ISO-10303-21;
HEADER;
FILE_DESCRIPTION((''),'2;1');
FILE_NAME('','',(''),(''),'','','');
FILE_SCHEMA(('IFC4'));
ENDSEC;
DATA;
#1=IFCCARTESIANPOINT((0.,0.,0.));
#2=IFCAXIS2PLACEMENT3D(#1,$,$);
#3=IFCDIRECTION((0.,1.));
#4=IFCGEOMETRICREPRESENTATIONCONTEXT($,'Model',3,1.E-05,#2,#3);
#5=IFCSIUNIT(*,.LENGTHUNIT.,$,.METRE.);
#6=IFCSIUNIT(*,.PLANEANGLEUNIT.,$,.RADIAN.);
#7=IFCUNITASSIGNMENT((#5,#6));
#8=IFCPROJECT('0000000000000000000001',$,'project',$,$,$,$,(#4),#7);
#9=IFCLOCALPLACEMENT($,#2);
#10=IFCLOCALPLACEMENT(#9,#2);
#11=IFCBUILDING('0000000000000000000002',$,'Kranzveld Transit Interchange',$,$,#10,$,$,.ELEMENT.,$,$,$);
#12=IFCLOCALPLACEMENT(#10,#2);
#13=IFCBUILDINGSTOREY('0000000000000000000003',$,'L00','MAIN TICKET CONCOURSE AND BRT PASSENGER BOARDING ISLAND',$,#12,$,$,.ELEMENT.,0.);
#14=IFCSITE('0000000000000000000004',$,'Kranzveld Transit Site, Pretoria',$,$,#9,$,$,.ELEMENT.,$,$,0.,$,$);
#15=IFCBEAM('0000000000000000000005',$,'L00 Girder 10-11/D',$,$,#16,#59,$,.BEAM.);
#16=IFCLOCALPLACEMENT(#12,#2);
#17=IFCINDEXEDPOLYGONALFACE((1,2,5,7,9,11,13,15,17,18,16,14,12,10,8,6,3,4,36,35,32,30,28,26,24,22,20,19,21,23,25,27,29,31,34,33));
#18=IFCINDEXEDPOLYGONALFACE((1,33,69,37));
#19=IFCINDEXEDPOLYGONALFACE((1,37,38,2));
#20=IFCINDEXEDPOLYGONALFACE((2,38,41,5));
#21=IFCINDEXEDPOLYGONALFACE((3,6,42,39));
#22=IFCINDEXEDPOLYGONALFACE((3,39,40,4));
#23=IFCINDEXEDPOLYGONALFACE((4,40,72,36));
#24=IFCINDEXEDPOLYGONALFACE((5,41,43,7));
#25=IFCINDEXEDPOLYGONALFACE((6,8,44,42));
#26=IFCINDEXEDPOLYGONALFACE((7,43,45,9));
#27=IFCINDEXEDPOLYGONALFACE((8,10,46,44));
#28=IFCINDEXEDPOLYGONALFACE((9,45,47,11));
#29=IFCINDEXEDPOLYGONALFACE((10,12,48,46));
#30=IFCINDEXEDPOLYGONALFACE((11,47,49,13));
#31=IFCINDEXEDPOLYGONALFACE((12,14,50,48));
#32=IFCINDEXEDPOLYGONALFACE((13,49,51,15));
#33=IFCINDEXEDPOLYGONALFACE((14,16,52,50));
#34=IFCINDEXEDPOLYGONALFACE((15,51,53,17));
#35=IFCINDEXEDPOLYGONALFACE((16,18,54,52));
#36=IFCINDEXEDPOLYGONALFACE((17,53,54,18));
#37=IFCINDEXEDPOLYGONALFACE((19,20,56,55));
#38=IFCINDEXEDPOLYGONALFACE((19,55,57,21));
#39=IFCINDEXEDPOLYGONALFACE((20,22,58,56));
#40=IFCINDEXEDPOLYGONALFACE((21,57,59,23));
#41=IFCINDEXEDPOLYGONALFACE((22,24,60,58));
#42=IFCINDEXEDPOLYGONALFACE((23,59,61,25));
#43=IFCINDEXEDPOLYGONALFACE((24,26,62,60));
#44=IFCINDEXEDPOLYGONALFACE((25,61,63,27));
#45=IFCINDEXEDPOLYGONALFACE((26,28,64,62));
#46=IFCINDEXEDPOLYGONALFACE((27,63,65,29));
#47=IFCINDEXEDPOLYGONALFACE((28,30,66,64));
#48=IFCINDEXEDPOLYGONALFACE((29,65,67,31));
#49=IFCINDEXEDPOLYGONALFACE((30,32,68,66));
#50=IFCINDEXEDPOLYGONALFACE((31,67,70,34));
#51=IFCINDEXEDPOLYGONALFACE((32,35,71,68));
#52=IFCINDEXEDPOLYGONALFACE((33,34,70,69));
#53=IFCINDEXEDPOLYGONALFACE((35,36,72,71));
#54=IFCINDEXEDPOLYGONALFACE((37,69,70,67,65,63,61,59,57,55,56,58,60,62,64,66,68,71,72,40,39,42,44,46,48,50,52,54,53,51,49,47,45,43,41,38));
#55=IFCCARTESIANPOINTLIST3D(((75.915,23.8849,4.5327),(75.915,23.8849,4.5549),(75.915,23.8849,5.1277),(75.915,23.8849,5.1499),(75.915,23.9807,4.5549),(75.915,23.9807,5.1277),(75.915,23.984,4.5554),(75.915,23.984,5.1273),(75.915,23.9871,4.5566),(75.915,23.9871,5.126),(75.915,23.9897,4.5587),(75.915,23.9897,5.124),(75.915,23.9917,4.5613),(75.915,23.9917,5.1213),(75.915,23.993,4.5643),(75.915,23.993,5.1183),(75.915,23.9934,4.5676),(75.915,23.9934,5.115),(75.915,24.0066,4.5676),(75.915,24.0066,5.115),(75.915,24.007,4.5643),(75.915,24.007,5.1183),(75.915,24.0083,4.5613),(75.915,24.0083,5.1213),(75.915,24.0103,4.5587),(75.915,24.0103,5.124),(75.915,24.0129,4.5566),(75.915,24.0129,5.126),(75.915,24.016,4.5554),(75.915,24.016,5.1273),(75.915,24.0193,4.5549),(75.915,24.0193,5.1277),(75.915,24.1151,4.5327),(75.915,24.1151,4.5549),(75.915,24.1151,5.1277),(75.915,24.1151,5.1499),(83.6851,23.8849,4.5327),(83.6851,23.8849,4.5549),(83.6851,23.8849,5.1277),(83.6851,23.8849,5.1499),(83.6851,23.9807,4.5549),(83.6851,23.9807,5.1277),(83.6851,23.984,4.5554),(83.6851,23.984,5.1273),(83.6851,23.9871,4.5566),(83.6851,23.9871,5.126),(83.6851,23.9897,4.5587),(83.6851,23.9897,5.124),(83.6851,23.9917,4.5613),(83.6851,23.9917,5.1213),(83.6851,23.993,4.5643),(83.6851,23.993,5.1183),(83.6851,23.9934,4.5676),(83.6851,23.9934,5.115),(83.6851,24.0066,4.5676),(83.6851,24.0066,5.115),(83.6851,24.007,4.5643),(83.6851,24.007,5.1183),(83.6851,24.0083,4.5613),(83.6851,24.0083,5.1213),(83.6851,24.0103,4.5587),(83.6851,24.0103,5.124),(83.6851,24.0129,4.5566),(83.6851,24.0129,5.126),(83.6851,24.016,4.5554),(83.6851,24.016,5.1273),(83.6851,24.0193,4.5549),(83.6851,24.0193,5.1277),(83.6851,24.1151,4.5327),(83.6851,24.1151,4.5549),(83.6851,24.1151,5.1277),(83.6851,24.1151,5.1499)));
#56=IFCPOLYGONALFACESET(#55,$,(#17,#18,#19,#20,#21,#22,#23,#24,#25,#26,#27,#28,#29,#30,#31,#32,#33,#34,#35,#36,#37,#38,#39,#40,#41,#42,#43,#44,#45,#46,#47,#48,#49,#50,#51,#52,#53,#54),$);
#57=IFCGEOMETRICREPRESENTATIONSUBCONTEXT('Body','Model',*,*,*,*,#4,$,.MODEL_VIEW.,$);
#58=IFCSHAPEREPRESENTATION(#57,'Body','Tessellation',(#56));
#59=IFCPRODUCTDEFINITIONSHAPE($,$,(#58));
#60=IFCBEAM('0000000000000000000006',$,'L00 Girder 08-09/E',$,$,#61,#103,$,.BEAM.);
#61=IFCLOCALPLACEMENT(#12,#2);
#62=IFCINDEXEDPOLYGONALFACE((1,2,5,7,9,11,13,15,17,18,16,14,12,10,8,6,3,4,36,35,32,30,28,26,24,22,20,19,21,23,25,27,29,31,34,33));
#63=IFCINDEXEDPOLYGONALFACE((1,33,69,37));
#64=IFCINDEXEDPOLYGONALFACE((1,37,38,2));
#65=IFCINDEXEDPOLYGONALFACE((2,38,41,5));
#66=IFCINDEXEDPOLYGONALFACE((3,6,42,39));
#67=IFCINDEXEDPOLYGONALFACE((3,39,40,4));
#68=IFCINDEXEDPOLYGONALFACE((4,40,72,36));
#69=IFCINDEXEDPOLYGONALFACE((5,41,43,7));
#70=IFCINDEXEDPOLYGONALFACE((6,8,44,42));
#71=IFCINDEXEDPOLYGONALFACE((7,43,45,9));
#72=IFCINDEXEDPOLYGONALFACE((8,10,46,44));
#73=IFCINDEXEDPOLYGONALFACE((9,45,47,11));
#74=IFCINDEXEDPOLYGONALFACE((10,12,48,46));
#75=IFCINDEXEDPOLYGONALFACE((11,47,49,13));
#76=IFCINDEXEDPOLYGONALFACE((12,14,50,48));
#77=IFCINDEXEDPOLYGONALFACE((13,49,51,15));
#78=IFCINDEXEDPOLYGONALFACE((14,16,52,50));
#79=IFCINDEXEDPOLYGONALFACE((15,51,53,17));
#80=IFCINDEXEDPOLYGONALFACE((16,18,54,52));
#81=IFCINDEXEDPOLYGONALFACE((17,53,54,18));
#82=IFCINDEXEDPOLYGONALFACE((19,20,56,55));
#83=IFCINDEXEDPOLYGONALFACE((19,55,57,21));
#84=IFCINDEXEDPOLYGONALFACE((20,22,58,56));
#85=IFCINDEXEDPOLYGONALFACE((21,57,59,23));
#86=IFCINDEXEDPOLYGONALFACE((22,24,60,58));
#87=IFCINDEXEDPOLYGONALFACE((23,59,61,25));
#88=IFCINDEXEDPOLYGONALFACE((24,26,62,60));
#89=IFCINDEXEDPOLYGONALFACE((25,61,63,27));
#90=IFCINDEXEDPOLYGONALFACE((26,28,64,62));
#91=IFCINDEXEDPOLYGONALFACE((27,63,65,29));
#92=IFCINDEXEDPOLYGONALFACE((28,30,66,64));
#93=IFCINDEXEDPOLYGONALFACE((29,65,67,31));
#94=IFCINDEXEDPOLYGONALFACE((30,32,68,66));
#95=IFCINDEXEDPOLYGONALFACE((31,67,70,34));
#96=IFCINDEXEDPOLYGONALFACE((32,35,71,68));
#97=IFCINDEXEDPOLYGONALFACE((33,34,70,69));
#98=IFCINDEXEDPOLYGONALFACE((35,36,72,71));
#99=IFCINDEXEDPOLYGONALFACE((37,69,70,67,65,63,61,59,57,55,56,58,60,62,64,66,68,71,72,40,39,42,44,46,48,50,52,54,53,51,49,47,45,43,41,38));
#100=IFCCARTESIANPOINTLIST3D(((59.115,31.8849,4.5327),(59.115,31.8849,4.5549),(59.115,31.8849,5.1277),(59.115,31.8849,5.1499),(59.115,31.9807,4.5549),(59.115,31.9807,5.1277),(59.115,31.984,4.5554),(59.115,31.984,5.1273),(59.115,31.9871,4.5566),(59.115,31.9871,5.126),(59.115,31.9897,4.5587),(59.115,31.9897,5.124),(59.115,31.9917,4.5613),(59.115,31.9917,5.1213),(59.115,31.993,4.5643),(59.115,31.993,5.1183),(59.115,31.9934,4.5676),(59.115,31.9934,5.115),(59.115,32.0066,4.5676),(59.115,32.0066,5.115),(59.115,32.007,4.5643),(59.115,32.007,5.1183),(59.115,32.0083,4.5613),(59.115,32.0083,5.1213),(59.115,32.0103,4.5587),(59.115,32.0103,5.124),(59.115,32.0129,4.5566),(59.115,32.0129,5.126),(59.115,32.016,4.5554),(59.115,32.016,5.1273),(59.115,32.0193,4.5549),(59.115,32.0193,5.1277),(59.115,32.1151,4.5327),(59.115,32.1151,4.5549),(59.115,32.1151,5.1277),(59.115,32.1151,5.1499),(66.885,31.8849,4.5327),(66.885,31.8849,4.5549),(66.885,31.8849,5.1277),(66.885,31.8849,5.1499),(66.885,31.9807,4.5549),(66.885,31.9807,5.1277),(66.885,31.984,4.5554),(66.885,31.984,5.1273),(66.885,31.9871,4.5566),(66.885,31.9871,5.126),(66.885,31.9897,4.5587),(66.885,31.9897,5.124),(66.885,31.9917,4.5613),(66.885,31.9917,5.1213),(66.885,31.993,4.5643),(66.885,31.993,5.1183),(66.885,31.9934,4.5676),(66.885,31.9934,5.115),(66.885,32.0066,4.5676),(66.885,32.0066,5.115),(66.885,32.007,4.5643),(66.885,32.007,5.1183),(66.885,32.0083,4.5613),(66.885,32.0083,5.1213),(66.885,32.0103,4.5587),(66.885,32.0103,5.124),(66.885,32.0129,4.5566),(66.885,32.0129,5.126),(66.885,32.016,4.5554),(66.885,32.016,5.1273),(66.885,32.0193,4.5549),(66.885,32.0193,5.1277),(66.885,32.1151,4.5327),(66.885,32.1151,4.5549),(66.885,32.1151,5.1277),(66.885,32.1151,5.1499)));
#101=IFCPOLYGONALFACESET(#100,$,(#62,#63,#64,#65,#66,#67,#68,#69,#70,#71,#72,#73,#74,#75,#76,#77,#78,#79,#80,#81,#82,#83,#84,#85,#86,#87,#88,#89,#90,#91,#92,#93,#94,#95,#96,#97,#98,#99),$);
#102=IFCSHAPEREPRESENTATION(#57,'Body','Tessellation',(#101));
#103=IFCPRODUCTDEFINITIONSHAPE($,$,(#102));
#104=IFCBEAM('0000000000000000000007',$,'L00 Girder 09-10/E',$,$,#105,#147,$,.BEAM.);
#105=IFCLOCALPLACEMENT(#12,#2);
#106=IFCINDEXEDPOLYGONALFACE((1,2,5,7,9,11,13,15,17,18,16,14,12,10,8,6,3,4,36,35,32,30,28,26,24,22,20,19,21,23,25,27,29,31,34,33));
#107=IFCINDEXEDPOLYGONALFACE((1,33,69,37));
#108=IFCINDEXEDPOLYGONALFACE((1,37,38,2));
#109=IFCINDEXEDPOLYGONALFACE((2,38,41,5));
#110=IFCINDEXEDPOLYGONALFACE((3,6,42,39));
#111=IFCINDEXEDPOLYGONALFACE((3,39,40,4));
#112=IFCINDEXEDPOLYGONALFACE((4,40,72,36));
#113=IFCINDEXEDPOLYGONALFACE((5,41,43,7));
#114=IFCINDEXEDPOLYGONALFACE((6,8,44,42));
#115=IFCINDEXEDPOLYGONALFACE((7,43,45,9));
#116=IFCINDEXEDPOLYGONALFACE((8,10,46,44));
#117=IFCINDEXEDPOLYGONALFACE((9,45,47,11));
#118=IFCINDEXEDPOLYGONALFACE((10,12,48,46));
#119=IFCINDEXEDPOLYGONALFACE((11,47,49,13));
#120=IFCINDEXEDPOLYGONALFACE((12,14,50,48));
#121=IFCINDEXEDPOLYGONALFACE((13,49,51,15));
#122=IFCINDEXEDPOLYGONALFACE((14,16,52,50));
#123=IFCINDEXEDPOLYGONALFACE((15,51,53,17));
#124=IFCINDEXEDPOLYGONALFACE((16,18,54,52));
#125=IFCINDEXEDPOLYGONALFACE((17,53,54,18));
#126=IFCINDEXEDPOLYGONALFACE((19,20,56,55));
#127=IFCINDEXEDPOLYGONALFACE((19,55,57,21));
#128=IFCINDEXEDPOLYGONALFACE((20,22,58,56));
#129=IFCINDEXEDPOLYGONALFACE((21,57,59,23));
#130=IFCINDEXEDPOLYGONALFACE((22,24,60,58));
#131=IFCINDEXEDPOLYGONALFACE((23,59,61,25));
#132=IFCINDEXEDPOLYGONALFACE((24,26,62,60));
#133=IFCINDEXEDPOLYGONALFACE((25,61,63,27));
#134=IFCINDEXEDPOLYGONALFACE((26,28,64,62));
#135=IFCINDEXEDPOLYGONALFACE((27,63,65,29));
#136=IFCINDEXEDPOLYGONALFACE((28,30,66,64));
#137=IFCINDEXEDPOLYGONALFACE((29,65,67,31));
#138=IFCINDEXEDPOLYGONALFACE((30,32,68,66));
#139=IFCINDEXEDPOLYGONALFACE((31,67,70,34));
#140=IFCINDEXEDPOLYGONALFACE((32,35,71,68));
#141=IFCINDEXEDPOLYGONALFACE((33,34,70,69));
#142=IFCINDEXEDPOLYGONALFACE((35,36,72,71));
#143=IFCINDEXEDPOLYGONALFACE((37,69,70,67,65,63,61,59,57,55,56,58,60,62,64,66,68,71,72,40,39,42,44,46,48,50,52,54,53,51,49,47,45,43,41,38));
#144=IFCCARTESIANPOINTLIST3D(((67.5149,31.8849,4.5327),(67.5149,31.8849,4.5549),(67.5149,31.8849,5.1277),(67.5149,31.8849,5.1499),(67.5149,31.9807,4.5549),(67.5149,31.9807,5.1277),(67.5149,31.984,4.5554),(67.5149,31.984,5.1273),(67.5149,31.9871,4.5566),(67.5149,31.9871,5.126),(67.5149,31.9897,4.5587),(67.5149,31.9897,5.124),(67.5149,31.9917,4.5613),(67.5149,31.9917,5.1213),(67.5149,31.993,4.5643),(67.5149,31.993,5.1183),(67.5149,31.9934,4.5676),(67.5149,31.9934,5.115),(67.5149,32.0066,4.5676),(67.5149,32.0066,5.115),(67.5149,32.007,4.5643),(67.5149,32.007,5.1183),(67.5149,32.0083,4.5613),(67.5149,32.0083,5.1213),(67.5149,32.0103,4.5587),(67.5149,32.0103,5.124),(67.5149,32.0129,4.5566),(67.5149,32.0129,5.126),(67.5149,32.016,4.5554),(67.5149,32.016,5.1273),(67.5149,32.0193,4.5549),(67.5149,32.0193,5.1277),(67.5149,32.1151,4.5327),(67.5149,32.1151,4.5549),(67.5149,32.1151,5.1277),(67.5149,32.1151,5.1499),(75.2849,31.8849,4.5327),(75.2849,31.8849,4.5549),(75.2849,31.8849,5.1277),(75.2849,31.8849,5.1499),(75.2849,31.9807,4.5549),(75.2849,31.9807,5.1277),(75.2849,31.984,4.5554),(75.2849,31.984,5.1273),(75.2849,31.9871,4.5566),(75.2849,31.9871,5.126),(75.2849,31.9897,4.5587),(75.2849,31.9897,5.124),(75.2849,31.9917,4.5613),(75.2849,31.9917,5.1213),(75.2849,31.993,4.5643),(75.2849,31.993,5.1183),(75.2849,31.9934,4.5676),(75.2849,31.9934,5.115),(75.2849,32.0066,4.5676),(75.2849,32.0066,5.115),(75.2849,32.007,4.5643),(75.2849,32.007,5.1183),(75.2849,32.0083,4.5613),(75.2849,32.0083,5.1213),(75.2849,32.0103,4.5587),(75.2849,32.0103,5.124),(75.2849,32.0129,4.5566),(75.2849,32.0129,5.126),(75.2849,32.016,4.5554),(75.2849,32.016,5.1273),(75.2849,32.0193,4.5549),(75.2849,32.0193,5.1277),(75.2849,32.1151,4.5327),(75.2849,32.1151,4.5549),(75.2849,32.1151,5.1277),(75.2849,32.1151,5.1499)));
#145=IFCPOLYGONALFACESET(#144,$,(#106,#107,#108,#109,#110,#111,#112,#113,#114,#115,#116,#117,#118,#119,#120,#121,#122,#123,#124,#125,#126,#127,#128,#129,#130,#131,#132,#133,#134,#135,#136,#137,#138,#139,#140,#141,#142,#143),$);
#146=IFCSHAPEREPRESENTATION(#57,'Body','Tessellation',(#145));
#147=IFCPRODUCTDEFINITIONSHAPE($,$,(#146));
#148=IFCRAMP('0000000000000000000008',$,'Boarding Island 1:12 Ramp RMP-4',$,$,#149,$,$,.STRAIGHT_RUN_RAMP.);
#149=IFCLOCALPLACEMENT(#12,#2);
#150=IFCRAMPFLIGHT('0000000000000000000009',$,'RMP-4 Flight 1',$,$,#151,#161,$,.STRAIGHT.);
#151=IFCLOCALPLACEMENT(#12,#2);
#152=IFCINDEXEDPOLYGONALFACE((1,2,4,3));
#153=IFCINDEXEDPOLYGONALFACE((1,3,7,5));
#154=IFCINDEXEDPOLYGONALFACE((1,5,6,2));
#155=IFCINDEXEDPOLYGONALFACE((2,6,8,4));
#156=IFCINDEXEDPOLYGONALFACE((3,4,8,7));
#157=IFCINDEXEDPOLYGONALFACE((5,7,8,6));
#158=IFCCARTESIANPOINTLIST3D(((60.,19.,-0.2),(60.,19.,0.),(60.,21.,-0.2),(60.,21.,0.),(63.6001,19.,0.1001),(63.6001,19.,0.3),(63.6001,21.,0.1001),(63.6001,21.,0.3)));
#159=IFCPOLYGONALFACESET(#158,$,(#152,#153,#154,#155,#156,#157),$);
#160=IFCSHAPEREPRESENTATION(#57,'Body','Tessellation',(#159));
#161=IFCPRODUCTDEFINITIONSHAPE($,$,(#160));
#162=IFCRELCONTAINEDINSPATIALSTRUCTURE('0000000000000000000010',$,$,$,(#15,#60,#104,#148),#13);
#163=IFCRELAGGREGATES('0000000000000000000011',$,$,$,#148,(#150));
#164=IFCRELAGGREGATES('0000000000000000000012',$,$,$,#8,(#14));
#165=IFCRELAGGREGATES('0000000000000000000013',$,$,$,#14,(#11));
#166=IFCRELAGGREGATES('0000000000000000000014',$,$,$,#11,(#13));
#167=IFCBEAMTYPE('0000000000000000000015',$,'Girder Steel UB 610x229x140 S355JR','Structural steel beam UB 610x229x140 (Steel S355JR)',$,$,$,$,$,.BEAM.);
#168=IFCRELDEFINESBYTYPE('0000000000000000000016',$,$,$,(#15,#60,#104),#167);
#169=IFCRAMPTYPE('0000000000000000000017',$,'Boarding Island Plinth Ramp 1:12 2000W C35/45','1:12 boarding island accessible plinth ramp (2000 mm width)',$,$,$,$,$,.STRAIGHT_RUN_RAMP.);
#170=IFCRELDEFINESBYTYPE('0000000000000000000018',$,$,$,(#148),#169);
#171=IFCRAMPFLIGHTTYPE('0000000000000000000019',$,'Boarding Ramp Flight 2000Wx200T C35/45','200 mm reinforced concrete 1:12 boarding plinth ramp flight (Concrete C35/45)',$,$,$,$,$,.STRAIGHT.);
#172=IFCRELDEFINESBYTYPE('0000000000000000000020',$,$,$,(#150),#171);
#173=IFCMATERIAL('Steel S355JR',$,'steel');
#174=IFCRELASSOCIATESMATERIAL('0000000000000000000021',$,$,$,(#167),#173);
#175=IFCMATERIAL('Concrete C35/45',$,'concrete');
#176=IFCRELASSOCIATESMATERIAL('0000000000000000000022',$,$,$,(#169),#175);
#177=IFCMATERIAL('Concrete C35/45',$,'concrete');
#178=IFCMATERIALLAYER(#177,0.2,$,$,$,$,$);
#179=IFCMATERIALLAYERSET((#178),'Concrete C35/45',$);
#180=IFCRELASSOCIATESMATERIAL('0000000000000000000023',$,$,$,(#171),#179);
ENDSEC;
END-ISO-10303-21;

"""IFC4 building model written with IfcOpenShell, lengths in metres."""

from ifc_helpers import new_model, si_unit, direction, frame, origin, origin_2d, place, context, subcontext, project, spatial, polyline, i_section, outline, extrude, material, layer, layer_set, material_profile, profile_set, type_object, element, aggregate, save


model = new_model("IFC4")

# Units and contexts
model_context = context("Model", 3, precision=1e-05, world=origin(), true_north=direction((0.0, 1.0)))
body_context = subcontext(model_context, "Body", "Model", "MODEL_VIEW")
ifc_project = project(units=[si_unit("LENGTHUNIT", "METRE"), si_unit("PLANEANGLEUNIT", "RADIAN")], contexts=[model_context])

# Site, building, storey
site_placement = place(None, origin())
site = spatial("IfcSite", under=ifc_project, at=site_placement, Name="Kranzveld Transit Site, Pretoria", CompositionType="ELEMENT", RefElevation=0.0)
building_placement = place(site_placement, origin())
building = spatial("IfcBuilding", under=site, at=building_placement, Name="Kranzveld Transit Interchange", CompositionType="ELEMENT")
storey_placement = place(building_placement, origin())
storey = spatial("IfcBuildingStorey", under=building, at=storey_placement, Name="L00", Description="MAIN TICKET CONCOURSE AND BRT PASSENGER BOARDING ISLAND", CompositionType="ELEMENT", Elevation=0.0)

# Beams
ifc_material_1 = material(Name="Steel S355JR", Category="steel")
ifc_material_profile_1 = material_profile(ifc_material_1, i_section(OverallWidth=0.2302, OverallDepth=0.6172, WebThickness=0.0132, FlangeThickness=0.0222, FilletRadius=0.0127, at=origin_2d()), Name="UB 610x229x140")
ifc_profile_set_1 = profile_set([ifc_material_profile_1], Name="Steel S355JR")
beam_type_1 = type_object("IfcBeamType", Name="Girder Steel UB 610x229x140 S355JR", Description="Structural steel beam UB 610x229x140 (Steel S355JR)", PredefinedType="BEAM", material=ifc_profile_set_1)
for number, where, z_axis, x_axis, name in (
    (1, (75.915, 24.0, 4.8413), (1.0, 0.0, 0.0), (0.0, 1.0, 0.0), "L00 Girder 10-11/D"),
    (2, (59.115, 32.0, 4.8413), (1.0, 0.0, 0.0), (0.0, 1.0, 0.0), "L00 Girder 08-09/E"),
    (3, (67.5149, 32.0, 4.8413), (1.0, 0.0, 0.0), (0.0, 1.0, 0.0), "L00 Girder 09-10/E"),
):
    element("IfcBeam", number, at=place(storey_placement, frame(where, z_axis=z_axis, x_axis=x_axis)), inside=storey, type_object=beam_type_1, Name=name, PredefinedType="BEAM", context=body_context, shape_type="SweptSolid", body=[
        extrude(i_section(OverallWidth=0.2302, OverallDepth=0.6172, WebThickness=0.0132, FlangeThickness=0.0222, FilletRadius=0.0127, at=origin_2d()), origin(), (0.0, 0.0, 1.0), 7.77),
    ])

# Ramp, ramp flight
ifc_material_2 = material(Name="Concrete C35/45", Category="concrete")
ramp_type = type_object("IfcRampType", Name="Boarding Island Plinth Ramp 1:12 2000W C35/45", Description="1:12 boarding island accessible plinth ramp (2000 mm width)", PredefinedType="STRAIGHT_RUN_RAMP", material=ifc_material_2)
ramp_placement = place(storey_placement, origin())
ramp = element("IfcRamp", 4, at=ramp_placement, inside=storey, type_object=ramp_type, Name="Boarding Island 1:12 Ramp RMP-4", PredefinedType="STRAIGHT_RUN_RAMP")
ifc_material_3 = material(Name="Concrete C35/45", Category="concrete")
ifc_layer = layer(ifc_material_3, 0.2)
ifc_layer_set = layer_set([ifc_layer], Name="Concrete C35/45")
ramp_flight_type = type_object("IfcRampFlightType", Name="Boarding Ramp Flight 2000Wx200T C35/45", Description="200 mm reinforced concrete 1:12 boarding plinth ramp flight (Concrete C35/45)", PredefinedType="STRAIGHT", material=ifc_layer_set)
ramp_flight_placement = place(storey_placement, frame((60.0, 20.0, 0.0), z_axis=(0.0, 0.0, 1.0), x_axis=(1.0, 0.0, 0.0)))
ramp_flight = element("IfcRampFlight", 5, at=ramp_flight_placement, type_object=ramp_flight_type, Name="RMP-4 Flight 1", PredefinedType="STRAIGHT", context=body_context, shape_type="SweptSolid", body=[
    extrude(outline(polyline([(0.0, -0.2), (0.0, 0.0), (3.6001, 0.3), (3.6001, 0.1001), (0.0, -0.2)])), frame((0.0, 1.0, 0.0), z_axis=(0.0, -1.0, 0.0), x_axis=(1.0, 0.0, 0.0)), (0.0, 0.0, 1.0), 2.0),
])
aggregate(ramp, [ramp_flight])

save(model, "model.ifc")
